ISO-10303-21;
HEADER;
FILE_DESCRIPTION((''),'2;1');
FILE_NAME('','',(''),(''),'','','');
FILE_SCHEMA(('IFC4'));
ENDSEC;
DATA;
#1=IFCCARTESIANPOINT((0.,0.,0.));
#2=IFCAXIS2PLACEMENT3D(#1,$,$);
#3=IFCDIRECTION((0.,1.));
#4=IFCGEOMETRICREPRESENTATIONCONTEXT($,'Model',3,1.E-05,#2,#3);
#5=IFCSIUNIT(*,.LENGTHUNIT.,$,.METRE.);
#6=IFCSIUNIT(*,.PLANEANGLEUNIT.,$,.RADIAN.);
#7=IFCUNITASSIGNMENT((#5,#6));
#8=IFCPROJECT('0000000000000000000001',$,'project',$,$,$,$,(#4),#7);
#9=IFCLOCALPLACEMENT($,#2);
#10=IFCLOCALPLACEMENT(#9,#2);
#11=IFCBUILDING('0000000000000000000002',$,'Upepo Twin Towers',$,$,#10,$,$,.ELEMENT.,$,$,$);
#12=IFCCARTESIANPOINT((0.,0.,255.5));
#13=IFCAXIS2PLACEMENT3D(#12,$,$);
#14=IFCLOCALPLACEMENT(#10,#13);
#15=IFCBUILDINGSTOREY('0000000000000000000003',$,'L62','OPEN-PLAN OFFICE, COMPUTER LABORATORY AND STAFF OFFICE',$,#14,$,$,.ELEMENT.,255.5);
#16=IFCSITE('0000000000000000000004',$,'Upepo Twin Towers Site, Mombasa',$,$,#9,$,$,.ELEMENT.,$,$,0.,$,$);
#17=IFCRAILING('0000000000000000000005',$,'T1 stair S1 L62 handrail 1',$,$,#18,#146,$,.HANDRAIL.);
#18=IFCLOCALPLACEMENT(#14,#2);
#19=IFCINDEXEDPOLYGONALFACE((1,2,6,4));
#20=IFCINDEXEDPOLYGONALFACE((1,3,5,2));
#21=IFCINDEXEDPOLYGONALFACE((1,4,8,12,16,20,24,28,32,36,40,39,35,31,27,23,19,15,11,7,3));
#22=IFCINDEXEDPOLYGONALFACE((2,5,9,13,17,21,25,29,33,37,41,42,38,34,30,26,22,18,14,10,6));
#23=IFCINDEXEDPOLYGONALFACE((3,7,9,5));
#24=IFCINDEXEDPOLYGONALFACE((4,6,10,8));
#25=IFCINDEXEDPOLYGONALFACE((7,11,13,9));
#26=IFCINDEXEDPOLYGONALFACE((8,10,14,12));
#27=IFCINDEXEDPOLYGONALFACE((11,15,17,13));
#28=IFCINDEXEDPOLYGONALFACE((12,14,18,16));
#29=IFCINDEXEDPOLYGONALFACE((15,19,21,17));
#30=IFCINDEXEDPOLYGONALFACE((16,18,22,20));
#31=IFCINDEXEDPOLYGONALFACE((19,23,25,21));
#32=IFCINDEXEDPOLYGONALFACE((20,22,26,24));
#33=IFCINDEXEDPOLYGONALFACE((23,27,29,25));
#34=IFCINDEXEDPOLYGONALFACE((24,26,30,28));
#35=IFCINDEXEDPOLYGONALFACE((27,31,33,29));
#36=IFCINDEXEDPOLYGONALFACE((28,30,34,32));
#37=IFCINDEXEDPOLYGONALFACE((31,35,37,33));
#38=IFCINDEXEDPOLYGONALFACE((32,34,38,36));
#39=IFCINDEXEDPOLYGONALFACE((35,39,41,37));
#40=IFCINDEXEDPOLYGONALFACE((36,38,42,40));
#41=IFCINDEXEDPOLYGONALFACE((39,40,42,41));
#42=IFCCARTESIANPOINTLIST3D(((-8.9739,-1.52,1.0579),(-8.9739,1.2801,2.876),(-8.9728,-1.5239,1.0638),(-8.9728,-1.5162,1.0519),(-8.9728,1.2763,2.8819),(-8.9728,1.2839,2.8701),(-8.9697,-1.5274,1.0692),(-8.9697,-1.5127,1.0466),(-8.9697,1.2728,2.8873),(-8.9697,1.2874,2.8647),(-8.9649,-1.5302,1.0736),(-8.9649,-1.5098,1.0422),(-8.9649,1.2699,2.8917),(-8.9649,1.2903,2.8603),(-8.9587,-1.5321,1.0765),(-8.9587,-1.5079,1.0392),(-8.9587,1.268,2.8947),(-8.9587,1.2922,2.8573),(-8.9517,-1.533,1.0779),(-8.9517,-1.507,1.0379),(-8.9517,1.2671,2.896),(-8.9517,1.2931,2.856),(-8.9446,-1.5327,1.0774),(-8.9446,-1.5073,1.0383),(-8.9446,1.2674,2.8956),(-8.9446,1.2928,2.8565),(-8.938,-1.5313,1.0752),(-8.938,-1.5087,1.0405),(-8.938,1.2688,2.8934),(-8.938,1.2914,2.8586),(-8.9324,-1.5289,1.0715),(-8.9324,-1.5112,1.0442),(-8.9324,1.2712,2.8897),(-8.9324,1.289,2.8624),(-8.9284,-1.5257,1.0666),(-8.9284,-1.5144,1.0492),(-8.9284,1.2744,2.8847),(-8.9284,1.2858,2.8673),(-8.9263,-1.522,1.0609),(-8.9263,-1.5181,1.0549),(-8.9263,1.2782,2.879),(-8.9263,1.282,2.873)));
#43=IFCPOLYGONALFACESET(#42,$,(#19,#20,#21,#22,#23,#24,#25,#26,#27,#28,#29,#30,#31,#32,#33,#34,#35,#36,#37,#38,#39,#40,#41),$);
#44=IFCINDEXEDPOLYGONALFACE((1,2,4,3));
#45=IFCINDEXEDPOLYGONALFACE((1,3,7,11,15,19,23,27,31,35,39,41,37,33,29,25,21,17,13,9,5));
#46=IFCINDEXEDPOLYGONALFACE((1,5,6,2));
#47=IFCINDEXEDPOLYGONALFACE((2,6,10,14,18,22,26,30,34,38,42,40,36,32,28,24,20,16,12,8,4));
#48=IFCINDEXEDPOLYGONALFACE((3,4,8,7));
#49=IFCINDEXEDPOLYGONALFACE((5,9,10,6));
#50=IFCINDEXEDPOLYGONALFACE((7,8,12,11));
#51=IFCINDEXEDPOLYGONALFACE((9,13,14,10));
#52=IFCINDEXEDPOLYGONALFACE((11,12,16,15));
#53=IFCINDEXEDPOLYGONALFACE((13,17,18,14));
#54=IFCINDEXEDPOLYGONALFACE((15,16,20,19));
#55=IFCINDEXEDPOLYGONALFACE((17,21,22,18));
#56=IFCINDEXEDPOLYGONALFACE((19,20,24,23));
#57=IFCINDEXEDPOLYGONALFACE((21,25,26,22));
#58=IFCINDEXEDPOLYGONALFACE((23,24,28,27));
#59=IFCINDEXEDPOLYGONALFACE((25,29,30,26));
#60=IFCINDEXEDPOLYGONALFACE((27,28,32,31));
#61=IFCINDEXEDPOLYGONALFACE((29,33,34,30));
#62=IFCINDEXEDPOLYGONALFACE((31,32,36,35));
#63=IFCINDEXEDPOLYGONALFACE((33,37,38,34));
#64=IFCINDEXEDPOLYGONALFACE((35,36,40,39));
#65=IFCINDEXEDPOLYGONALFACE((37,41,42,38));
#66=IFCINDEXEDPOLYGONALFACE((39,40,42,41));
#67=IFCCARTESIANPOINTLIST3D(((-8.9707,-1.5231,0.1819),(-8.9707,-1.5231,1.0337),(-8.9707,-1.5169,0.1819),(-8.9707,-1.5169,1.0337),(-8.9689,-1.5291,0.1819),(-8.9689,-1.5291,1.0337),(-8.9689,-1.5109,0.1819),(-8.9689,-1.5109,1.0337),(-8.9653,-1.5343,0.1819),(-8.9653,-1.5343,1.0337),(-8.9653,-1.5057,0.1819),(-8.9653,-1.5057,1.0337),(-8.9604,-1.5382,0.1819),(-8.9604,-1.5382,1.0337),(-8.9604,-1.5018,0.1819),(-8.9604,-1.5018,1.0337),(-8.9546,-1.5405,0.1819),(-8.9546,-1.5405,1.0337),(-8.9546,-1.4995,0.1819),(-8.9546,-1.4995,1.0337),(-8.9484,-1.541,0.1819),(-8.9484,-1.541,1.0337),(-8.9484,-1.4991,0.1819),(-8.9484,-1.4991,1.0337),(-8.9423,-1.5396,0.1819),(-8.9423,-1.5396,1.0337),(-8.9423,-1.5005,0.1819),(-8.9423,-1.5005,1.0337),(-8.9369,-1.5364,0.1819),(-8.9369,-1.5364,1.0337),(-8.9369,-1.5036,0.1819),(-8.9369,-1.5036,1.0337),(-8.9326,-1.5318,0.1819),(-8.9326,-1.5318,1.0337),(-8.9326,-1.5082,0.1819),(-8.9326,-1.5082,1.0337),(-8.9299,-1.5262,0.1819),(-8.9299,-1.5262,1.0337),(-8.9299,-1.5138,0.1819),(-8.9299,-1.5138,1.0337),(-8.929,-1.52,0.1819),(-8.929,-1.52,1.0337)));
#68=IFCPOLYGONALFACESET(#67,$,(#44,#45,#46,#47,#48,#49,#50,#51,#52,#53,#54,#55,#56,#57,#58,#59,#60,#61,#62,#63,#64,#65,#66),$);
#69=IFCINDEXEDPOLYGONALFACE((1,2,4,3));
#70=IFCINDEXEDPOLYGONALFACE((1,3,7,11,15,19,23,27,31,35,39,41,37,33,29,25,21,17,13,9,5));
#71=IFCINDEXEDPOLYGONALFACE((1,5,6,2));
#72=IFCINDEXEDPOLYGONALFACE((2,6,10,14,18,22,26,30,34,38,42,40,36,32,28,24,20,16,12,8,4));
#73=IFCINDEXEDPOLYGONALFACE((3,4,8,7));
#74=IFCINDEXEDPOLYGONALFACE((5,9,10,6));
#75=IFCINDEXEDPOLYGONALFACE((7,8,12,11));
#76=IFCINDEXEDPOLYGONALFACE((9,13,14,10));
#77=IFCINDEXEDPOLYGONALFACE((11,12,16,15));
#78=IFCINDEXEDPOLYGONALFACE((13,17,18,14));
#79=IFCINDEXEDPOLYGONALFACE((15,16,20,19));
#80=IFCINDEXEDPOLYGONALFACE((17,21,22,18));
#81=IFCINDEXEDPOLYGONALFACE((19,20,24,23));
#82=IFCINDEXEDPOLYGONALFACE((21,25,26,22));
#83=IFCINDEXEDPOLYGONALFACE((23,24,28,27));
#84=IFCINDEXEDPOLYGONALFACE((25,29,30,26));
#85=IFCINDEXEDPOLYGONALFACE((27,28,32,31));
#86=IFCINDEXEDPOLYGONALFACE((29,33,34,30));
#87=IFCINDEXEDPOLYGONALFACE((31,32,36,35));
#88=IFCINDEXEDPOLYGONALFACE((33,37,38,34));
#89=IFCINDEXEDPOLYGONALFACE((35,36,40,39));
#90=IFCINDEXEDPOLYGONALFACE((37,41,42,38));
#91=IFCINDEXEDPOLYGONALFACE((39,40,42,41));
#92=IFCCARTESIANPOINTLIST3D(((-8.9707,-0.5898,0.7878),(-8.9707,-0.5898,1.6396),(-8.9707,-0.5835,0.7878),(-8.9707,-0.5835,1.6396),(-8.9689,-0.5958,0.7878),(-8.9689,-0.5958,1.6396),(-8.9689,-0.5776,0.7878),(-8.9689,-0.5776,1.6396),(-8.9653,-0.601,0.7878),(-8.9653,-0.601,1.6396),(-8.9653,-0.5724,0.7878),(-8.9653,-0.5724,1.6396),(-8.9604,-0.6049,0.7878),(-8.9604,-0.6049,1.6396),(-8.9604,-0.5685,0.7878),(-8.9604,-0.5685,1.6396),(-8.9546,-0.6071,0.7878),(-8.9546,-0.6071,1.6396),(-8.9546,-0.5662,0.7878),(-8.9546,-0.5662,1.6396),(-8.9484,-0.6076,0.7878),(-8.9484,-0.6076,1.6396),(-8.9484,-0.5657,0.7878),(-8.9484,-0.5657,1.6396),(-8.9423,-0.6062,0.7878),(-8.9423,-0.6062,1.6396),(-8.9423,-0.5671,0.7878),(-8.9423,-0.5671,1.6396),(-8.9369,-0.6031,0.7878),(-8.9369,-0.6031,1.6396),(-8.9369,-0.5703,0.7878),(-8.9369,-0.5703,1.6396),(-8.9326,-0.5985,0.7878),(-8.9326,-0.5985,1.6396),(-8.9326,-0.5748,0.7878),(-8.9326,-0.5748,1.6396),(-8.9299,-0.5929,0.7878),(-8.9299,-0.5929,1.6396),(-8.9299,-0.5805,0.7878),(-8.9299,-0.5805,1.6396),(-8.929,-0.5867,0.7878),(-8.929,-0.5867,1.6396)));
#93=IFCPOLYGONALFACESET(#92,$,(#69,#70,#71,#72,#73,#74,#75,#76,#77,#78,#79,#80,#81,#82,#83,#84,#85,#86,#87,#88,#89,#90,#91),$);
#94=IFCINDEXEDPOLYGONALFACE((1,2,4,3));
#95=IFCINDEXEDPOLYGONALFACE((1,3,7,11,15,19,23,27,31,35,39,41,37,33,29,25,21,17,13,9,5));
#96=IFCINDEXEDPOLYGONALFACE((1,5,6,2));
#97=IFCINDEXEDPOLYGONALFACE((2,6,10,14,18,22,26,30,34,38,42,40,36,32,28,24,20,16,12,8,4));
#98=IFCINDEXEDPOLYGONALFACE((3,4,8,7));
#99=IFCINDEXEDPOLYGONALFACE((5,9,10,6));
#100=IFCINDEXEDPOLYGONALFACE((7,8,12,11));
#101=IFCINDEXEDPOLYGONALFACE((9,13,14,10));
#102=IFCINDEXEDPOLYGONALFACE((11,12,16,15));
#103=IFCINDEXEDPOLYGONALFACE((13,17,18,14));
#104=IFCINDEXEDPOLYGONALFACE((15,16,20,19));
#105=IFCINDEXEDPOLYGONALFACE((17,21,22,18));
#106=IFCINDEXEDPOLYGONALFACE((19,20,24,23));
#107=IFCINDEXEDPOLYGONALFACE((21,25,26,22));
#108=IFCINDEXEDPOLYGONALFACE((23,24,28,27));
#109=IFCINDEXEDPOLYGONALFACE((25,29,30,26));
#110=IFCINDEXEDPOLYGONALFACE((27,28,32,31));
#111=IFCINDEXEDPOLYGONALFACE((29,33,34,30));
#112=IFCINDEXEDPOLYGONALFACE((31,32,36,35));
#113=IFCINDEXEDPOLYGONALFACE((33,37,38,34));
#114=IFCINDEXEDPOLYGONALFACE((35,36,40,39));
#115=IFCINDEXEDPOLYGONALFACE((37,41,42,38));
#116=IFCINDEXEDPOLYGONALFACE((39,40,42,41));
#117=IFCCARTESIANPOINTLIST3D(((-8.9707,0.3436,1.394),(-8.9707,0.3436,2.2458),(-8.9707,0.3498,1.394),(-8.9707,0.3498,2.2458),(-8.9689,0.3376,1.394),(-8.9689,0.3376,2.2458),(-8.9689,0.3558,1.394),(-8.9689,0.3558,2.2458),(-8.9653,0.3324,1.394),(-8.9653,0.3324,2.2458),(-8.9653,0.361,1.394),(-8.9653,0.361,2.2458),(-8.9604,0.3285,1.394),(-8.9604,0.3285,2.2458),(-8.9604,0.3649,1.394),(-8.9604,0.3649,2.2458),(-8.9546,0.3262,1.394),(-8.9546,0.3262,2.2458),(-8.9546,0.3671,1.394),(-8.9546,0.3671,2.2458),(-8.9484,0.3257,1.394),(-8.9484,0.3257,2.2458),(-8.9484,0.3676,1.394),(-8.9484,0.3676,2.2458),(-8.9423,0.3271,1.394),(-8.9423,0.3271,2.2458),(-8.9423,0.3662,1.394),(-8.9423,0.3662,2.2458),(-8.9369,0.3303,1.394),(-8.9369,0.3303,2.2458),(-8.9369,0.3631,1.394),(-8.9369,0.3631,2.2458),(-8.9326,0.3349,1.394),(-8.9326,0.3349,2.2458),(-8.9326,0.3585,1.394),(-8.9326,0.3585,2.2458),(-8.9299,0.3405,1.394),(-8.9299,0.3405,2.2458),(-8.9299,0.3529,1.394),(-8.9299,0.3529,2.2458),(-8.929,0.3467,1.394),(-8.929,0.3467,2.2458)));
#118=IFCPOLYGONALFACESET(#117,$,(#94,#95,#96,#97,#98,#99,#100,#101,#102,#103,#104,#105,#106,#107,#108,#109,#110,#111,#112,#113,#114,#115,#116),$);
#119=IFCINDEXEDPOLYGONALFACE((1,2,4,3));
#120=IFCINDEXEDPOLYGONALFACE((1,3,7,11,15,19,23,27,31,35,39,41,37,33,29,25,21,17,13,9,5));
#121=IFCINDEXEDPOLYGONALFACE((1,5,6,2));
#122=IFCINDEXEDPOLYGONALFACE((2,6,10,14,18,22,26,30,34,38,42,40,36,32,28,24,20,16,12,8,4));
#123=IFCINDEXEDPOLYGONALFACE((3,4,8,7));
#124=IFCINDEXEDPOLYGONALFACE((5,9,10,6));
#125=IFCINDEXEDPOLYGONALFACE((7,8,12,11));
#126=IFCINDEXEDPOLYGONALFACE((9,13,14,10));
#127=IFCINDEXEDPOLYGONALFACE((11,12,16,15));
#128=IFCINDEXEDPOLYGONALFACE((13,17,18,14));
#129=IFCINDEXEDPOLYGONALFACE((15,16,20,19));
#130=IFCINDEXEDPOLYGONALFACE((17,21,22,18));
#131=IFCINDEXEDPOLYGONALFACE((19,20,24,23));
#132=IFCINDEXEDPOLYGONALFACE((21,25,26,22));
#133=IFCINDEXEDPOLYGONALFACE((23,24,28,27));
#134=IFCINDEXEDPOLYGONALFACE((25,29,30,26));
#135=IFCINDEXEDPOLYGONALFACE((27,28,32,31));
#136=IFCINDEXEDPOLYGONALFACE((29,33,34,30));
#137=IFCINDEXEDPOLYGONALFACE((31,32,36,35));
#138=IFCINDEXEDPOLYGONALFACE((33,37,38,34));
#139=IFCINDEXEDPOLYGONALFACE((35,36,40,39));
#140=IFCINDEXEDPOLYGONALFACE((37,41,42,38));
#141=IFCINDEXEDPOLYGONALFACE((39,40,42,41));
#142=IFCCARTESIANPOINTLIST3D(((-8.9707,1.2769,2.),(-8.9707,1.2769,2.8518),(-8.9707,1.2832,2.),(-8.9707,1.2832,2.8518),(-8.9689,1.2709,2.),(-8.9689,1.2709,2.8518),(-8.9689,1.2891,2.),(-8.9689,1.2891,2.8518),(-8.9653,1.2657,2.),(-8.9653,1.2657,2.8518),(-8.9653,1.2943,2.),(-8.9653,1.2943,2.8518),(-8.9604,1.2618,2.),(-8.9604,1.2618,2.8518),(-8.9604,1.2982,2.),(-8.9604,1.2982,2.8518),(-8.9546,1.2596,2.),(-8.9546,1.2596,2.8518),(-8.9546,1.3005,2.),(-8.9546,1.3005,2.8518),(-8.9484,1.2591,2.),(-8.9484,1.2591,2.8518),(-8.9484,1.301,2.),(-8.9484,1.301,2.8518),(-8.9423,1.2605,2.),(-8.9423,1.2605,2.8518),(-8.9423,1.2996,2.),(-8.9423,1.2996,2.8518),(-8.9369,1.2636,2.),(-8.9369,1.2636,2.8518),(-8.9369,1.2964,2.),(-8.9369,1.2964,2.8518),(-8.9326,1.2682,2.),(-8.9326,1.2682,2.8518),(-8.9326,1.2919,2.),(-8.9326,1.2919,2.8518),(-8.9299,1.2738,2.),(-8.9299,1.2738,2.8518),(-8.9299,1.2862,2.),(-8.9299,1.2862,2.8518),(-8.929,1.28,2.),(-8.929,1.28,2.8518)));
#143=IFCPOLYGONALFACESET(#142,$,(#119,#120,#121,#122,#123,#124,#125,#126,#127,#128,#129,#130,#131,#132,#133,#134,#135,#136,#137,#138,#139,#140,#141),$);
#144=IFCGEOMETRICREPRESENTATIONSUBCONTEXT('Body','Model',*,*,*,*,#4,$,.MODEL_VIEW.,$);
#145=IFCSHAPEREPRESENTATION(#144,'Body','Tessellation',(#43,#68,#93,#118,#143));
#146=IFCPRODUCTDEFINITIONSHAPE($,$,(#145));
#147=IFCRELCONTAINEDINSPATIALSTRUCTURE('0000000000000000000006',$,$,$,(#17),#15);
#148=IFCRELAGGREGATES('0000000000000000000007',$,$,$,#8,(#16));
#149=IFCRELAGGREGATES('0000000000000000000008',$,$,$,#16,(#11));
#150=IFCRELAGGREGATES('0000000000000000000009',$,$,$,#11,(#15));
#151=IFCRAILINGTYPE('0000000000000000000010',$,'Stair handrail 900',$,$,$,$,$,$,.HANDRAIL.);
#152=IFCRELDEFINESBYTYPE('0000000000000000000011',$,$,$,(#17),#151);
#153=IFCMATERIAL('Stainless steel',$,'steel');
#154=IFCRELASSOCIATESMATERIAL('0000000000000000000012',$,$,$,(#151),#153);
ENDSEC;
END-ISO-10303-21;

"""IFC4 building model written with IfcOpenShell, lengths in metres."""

from ifc_helpers import new_model, si_unit, direction, frame, origin, origin_2d, place, context, subcontext, project, spatial, circle, extrude, material, type_object, element, save


model = new_model("IFC4")

# Units and contexts
model_context = context("Model", 3, precision=1e-05, world=origin(), true_north=direction((0.0, 1.0)))
body_context = subcontext(model_context, "Body", "Model", "MODEL_VIEW")
ifc_project = project(units=[si_unit("LENGTHUNIT", "METRE"), si_unit("PLANEANGLEUNIT", "RADIAN")], contexts=[model_context])

# Site, building, storey
site_placement = place(None, origin())
site = spatial("IfcSite", under=ifc_project, at=site_placement, Name="Upepo Twin Towers Site, Mombasa", CompositionType="ELEMENT", RefElevation=0.0)
building_placement = place(site_placement, origin())
building = spatial("IfcBuilding", under=site, at=building_placement, Name="Upepo Twin Towers", CompositionType="ELEMENT")
storey_placement = place(building_placement, frame((0.0, 0.0, 255.5)))
storey = spatial("IfcBuildingStorey", under=building, at=storey_placement, Name="L62", Description="OPEN-PLAN OFFICE, COMPUTER LABORATORY AND STAFF OFFICE", CompositionType="ELEMENT", Elevation=255.5)

# Railing
ifc_material_1 = material(Name="Stainless steel", Category="steel")
railing_type = type_object("IfcRailingType", Name="Stair handrail 900", PredefinedType="HANDRAIL", material=ifc_material_1)
railing_placement = place(storey_placement, frame((-8.95, -1.52, 0.1819)))
element("IfcRailing", 1, at=railing_placement, inside=storey, type_object=railing_type, Name="T1 stair S1 L62 handrail 1", PredefinedType="HANDRAIL", context=body_context, shape_type="SweptSolid", body=[
    extrude(circle(Radius=0.0239, at=origin_2d()), frame((0.0, 0.0, 0.876), z_axis=(0.0, 0.838706, 0.544585), x_axis=(-1.0, 0.0, 0.0)), (0.0, 0.0, 1.0), 3.3386),
    extrude(circle(Radius=0.021, at=origin_2d()), origin(), (0.0, 0.0, 1.0), 0.8518),
    extrude(circle(Radius=0.021, at=origin_2d()), frame((0.0, 0.9333, 0.606)), (0.0, 0.0, 1.0), 0.8518),
    extrude(circle(Radius=0.021, at=origin_2d()), frame((0.0, 1.8667, 1.2122)), (0.0, 0.0, 1.0), 0.8518),
    extrude(circle(Radius=0.021, at=origin_2d()), frame((0.0, 2.8, 1.8181)), (0.0, 0.0, 1.0), 0.8518),
])

save(model, "model.ifc")
